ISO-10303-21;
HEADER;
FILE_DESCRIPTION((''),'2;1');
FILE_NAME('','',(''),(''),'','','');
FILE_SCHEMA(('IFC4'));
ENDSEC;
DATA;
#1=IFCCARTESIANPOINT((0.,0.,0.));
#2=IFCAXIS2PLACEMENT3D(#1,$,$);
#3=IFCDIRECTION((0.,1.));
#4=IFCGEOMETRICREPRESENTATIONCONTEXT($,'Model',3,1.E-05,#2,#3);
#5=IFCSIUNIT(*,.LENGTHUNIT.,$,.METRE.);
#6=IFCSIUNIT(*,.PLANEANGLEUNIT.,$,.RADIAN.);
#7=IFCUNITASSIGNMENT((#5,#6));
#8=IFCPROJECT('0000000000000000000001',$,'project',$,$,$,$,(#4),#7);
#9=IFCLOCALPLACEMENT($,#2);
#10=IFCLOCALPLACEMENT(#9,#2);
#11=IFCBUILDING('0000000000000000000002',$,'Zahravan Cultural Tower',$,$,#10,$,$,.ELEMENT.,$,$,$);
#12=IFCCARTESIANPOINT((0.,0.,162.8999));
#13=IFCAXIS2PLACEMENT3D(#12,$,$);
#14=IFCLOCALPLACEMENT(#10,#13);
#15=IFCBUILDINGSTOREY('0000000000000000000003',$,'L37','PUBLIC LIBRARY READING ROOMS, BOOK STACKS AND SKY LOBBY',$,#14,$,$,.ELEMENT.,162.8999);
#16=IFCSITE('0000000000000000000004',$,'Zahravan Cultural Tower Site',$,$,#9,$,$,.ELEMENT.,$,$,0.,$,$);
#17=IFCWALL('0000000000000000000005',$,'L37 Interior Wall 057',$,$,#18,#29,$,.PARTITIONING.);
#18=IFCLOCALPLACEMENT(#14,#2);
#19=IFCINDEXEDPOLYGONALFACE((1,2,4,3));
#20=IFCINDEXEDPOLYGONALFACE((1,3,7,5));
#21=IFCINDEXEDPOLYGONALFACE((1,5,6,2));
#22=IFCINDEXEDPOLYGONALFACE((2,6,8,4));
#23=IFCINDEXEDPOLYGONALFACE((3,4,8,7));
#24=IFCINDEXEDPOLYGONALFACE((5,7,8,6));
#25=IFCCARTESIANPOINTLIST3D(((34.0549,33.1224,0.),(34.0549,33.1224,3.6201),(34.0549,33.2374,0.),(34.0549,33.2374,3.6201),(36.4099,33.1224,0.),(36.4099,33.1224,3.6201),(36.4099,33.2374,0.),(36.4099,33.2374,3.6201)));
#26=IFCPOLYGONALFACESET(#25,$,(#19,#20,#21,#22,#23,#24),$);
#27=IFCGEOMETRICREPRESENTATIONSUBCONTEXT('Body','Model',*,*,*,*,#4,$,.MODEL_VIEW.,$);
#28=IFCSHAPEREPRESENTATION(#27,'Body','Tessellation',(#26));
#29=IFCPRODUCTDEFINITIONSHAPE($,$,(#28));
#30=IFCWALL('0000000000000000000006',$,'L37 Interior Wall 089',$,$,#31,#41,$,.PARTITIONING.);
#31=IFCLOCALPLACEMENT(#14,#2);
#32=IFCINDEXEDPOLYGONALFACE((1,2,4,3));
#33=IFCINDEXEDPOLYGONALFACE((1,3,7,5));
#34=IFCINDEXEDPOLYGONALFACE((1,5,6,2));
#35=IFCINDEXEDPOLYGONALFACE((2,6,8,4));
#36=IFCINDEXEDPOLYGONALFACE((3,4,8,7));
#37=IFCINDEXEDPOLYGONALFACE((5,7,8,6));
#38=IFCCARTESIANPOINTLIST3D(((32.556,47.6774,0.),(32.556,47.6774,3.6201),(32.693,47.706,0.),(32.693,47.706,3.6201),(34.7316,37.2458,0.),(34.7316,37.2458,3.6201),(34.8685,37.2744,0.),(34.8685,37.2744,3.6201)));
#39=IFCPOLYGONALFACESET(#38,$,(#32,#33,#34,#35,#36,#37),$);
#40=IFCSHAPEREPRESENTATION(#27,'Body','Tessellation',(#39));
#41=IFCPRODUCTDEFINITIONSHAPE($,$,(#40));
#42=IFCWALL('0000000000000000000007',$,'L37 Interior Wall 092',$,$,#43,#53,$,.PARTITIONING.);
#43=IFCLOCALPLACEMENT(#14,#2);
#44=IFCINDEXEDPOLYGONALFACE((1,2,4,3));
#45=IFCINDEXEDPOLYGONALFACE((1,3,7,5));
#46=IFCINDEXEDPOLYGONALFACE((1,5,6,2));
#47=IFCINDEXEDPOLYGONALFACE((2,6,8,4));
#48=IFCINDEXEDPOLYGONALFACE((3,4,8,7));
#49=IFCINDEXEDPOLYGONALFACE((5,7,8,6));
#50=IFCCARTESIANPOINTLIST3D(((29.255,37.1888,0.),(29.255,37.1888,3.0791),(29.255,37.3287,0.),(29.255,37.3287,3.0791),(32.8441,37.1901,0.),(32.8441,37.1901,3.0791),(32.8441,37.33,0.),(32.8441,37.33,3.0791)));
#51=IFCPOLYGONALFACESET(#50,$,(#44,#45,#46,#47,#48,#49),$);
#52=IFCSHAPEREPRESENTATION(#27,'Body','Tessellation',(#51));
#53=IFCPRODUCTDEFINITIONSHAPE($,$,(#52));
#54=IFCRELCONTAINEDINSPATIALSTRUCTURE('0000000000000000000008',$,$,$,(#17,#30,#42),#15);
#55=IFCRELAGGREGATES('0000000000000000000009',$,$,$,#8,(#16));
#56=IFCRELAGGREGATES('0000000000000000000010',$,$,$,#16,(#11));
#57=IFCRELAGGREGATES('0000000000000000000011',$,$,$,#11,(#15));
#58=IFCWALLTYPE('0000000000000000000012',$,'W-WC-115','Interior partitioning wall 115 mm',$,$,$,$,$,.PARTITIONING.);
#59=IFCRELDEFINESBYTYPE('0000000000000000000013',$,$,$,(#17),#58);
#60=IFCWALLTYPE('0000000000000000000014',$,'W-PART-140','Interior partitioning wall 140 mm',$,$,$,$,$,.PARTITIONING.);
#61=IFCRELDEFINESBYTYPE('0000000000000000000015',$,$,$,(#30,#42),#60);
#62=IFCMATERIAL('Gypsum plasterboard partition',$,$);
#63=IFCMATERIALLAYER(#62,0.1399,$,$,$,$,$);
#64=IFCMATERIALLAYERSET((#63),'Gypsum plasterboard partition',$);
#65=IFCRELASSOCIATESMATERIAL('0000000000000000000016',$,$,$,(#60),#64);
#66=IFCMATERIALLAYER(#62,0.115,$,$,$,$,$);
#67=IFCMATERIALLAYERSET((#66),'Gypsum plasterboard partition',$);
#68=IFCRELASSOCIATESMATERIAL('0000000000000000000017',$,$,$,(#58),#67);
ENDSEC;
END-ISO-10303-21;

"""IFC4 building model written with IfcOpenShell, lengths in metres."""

from ifc_helpers import new_model, si_unit, direction, frame, frame_2d, origin, place, context, subcontext, project, spatial, rectangle, extrude, source, transform, mapped, material, layer, layer_set, type_object, element, save


model = new_model("IFC4")

# Units and contexts
model_context = context("Model", 3, precision=1e-05, world=origin(), true_north=direction((0.0, 1.0)))
body_context = subcontext(model_context, "Body", "Model", "MODEL_VIEW")
ifc_project = project(units=[si_unit("LENGTHUNIT", "METRE"), si_unit("PLANEANGLEUNIT", "RADIAN")], contexts=[model_context])

# Site, building, storey
site_placement = place(None, origin())
site = spatial("IfcSite", under=ifc_project, at=site_placement, Name="Zahravan Cultural Tower Site", CompositionType="ELEMENT", RefElevation=0.0)
building_placement = place(site_placement, origin())
building = spatial("IfcBuilding", under=site, at=building_placement, Name="Zahravan Cultural Tower", CompositionType="ELEMENT")
storey_placement = place(building_placement, frame((0.0, 0.0, 162.8999)))
storey = spatial("IfcBuildingStorey", under=building, at=storey_placement, Name="L37", Description="PUBLIC LIBRARY READING ROOMS, BOOK STACKS AND SKY LOBBY", CompositionType="ELEMENT", Elevation=162.8999)

# Shared definitions
ifc_material_1 = material(Name="Gypsum plasterboard partition")
ifc_layer_1 = layer(ifc_material_1, 0.1399)
ifc_layer_set_1 = layer_set([ifc_layer_1], Name="Gypsum plasterboard partition")
wall_type_1 = type_object("IfcWallType", Name="W-PART-140", Description="Interior partitioning wall 140 mm", PredefinedType="PARTITIONING", material=ifc_layer_set_1)
ifc_layer_2 = layer(ifc_material_1, 0.115)
ifc_layer_set_2 = layer_set([ifc_layer_2], Name="Gypsum plasterboard partition")
wall_type_2 = type_object("IfcWallType", Name="W-WC-115", Description="Interior partitioning wall 115 mm", PredefinedType="PARTITIONING", material=ifc_layer_set_2)

# Walls
shared_shape_1 = source(origin(), body_context, "Body", "SweptSolid", [
    extrude(rectangle(XDim=2.355, YDim=0.115, at=frame_2d((1.1775, 0.0))), origin(), (0.0, 0.0, 1.0), 3.6201),
])
wall_1_placement = place(storey_placement, frame((34.0549, 33.1799, 0.0), z_axis=(0.0, 0.0, 1.0), x_axis=(1.0, 0.0, 0.0)))
element("IfcWall", 1, at=wall_1_placement, inside=storey, type_object=wall_type_2, Name="L37 Interior Wall 057", PredefinedType="PARTITIONING", context=body_context, shape_type="MappedRepresentation", body=[
    mapped(shared_shape_1, transform((0.0, 0.0, 0.0), x_axis=(1.0, 0.0, 0.0), y_axis=(0.0, 1.0, 0.0), z_axis=(0.0, 0.0, 1.0), scale=1.0)),
])
shared_shape_2 = source(origin(), body_context, "Body", "SweptSolid", [
    extrude(rectangle(XDim=10.656, YDim=0.1399, at=frame_2d((5.3281, 0.0))), origin(), (0.0, 0.0, 1.0), 3.6201),
])
wall_2_placement = place(storey_placement, frame((34.8, 37.26, 0.0), z_axis=(0.0, 0.0, 1.0), x_axis=(-0.204159, 0.978938, 0.0)))
element("IfcWall", 2, at=wall_2_placement, inside=storey, type_object=wall_type_1, Name="L37 Interior Wall 089", PredefinedType="PARTITIONING", context=body_context, shape_type="MappedRepresentation", body=[
    mapped(shared_shape_2, transform((0.0, 0.0, 0.0), x_axis=(1.0, 0.0, 0.0), y_axis=(0.0, 1.0, 0.0), z_axis=(0.0, 0.0, 1.0), scale=1.0)),
])
shared_shape_3 = source(origin(), body_context, "Body", "SweptSolid", [
    extrude(rectangle(XDim=3.5891, YDim=0.1399, at=frame_2d((1.7944, 0.0))), origin(), (0.0, 0.0, 1.0), 3.0791),
])
wall_3_placement = place(storey_placement, frame((32.844, 37.26, 0.0), z_axis=(0.0, 0.0, 1.0), x_axis=(-1.0, -0.00034, 0.0)))
element("IfcWall", 3, at=wall_3_placement, inside=storey, type_object=wall_type_1, Name="L37 Interior Wall 092", PredefinedType="PARTITIONING", context=body_context, shape_type="MappedRepresentation", body=[
    mapped(shared_shape_3, transform((0.0, 0.0, 0.0), x_axis=(1.0, 0.0, 0.0), y_axis=(0.0, 1.0, 0.0), z_axis=(0.0, 0.0, 1.0), scale=1.0)),
])

save(model, "model.ifc")
